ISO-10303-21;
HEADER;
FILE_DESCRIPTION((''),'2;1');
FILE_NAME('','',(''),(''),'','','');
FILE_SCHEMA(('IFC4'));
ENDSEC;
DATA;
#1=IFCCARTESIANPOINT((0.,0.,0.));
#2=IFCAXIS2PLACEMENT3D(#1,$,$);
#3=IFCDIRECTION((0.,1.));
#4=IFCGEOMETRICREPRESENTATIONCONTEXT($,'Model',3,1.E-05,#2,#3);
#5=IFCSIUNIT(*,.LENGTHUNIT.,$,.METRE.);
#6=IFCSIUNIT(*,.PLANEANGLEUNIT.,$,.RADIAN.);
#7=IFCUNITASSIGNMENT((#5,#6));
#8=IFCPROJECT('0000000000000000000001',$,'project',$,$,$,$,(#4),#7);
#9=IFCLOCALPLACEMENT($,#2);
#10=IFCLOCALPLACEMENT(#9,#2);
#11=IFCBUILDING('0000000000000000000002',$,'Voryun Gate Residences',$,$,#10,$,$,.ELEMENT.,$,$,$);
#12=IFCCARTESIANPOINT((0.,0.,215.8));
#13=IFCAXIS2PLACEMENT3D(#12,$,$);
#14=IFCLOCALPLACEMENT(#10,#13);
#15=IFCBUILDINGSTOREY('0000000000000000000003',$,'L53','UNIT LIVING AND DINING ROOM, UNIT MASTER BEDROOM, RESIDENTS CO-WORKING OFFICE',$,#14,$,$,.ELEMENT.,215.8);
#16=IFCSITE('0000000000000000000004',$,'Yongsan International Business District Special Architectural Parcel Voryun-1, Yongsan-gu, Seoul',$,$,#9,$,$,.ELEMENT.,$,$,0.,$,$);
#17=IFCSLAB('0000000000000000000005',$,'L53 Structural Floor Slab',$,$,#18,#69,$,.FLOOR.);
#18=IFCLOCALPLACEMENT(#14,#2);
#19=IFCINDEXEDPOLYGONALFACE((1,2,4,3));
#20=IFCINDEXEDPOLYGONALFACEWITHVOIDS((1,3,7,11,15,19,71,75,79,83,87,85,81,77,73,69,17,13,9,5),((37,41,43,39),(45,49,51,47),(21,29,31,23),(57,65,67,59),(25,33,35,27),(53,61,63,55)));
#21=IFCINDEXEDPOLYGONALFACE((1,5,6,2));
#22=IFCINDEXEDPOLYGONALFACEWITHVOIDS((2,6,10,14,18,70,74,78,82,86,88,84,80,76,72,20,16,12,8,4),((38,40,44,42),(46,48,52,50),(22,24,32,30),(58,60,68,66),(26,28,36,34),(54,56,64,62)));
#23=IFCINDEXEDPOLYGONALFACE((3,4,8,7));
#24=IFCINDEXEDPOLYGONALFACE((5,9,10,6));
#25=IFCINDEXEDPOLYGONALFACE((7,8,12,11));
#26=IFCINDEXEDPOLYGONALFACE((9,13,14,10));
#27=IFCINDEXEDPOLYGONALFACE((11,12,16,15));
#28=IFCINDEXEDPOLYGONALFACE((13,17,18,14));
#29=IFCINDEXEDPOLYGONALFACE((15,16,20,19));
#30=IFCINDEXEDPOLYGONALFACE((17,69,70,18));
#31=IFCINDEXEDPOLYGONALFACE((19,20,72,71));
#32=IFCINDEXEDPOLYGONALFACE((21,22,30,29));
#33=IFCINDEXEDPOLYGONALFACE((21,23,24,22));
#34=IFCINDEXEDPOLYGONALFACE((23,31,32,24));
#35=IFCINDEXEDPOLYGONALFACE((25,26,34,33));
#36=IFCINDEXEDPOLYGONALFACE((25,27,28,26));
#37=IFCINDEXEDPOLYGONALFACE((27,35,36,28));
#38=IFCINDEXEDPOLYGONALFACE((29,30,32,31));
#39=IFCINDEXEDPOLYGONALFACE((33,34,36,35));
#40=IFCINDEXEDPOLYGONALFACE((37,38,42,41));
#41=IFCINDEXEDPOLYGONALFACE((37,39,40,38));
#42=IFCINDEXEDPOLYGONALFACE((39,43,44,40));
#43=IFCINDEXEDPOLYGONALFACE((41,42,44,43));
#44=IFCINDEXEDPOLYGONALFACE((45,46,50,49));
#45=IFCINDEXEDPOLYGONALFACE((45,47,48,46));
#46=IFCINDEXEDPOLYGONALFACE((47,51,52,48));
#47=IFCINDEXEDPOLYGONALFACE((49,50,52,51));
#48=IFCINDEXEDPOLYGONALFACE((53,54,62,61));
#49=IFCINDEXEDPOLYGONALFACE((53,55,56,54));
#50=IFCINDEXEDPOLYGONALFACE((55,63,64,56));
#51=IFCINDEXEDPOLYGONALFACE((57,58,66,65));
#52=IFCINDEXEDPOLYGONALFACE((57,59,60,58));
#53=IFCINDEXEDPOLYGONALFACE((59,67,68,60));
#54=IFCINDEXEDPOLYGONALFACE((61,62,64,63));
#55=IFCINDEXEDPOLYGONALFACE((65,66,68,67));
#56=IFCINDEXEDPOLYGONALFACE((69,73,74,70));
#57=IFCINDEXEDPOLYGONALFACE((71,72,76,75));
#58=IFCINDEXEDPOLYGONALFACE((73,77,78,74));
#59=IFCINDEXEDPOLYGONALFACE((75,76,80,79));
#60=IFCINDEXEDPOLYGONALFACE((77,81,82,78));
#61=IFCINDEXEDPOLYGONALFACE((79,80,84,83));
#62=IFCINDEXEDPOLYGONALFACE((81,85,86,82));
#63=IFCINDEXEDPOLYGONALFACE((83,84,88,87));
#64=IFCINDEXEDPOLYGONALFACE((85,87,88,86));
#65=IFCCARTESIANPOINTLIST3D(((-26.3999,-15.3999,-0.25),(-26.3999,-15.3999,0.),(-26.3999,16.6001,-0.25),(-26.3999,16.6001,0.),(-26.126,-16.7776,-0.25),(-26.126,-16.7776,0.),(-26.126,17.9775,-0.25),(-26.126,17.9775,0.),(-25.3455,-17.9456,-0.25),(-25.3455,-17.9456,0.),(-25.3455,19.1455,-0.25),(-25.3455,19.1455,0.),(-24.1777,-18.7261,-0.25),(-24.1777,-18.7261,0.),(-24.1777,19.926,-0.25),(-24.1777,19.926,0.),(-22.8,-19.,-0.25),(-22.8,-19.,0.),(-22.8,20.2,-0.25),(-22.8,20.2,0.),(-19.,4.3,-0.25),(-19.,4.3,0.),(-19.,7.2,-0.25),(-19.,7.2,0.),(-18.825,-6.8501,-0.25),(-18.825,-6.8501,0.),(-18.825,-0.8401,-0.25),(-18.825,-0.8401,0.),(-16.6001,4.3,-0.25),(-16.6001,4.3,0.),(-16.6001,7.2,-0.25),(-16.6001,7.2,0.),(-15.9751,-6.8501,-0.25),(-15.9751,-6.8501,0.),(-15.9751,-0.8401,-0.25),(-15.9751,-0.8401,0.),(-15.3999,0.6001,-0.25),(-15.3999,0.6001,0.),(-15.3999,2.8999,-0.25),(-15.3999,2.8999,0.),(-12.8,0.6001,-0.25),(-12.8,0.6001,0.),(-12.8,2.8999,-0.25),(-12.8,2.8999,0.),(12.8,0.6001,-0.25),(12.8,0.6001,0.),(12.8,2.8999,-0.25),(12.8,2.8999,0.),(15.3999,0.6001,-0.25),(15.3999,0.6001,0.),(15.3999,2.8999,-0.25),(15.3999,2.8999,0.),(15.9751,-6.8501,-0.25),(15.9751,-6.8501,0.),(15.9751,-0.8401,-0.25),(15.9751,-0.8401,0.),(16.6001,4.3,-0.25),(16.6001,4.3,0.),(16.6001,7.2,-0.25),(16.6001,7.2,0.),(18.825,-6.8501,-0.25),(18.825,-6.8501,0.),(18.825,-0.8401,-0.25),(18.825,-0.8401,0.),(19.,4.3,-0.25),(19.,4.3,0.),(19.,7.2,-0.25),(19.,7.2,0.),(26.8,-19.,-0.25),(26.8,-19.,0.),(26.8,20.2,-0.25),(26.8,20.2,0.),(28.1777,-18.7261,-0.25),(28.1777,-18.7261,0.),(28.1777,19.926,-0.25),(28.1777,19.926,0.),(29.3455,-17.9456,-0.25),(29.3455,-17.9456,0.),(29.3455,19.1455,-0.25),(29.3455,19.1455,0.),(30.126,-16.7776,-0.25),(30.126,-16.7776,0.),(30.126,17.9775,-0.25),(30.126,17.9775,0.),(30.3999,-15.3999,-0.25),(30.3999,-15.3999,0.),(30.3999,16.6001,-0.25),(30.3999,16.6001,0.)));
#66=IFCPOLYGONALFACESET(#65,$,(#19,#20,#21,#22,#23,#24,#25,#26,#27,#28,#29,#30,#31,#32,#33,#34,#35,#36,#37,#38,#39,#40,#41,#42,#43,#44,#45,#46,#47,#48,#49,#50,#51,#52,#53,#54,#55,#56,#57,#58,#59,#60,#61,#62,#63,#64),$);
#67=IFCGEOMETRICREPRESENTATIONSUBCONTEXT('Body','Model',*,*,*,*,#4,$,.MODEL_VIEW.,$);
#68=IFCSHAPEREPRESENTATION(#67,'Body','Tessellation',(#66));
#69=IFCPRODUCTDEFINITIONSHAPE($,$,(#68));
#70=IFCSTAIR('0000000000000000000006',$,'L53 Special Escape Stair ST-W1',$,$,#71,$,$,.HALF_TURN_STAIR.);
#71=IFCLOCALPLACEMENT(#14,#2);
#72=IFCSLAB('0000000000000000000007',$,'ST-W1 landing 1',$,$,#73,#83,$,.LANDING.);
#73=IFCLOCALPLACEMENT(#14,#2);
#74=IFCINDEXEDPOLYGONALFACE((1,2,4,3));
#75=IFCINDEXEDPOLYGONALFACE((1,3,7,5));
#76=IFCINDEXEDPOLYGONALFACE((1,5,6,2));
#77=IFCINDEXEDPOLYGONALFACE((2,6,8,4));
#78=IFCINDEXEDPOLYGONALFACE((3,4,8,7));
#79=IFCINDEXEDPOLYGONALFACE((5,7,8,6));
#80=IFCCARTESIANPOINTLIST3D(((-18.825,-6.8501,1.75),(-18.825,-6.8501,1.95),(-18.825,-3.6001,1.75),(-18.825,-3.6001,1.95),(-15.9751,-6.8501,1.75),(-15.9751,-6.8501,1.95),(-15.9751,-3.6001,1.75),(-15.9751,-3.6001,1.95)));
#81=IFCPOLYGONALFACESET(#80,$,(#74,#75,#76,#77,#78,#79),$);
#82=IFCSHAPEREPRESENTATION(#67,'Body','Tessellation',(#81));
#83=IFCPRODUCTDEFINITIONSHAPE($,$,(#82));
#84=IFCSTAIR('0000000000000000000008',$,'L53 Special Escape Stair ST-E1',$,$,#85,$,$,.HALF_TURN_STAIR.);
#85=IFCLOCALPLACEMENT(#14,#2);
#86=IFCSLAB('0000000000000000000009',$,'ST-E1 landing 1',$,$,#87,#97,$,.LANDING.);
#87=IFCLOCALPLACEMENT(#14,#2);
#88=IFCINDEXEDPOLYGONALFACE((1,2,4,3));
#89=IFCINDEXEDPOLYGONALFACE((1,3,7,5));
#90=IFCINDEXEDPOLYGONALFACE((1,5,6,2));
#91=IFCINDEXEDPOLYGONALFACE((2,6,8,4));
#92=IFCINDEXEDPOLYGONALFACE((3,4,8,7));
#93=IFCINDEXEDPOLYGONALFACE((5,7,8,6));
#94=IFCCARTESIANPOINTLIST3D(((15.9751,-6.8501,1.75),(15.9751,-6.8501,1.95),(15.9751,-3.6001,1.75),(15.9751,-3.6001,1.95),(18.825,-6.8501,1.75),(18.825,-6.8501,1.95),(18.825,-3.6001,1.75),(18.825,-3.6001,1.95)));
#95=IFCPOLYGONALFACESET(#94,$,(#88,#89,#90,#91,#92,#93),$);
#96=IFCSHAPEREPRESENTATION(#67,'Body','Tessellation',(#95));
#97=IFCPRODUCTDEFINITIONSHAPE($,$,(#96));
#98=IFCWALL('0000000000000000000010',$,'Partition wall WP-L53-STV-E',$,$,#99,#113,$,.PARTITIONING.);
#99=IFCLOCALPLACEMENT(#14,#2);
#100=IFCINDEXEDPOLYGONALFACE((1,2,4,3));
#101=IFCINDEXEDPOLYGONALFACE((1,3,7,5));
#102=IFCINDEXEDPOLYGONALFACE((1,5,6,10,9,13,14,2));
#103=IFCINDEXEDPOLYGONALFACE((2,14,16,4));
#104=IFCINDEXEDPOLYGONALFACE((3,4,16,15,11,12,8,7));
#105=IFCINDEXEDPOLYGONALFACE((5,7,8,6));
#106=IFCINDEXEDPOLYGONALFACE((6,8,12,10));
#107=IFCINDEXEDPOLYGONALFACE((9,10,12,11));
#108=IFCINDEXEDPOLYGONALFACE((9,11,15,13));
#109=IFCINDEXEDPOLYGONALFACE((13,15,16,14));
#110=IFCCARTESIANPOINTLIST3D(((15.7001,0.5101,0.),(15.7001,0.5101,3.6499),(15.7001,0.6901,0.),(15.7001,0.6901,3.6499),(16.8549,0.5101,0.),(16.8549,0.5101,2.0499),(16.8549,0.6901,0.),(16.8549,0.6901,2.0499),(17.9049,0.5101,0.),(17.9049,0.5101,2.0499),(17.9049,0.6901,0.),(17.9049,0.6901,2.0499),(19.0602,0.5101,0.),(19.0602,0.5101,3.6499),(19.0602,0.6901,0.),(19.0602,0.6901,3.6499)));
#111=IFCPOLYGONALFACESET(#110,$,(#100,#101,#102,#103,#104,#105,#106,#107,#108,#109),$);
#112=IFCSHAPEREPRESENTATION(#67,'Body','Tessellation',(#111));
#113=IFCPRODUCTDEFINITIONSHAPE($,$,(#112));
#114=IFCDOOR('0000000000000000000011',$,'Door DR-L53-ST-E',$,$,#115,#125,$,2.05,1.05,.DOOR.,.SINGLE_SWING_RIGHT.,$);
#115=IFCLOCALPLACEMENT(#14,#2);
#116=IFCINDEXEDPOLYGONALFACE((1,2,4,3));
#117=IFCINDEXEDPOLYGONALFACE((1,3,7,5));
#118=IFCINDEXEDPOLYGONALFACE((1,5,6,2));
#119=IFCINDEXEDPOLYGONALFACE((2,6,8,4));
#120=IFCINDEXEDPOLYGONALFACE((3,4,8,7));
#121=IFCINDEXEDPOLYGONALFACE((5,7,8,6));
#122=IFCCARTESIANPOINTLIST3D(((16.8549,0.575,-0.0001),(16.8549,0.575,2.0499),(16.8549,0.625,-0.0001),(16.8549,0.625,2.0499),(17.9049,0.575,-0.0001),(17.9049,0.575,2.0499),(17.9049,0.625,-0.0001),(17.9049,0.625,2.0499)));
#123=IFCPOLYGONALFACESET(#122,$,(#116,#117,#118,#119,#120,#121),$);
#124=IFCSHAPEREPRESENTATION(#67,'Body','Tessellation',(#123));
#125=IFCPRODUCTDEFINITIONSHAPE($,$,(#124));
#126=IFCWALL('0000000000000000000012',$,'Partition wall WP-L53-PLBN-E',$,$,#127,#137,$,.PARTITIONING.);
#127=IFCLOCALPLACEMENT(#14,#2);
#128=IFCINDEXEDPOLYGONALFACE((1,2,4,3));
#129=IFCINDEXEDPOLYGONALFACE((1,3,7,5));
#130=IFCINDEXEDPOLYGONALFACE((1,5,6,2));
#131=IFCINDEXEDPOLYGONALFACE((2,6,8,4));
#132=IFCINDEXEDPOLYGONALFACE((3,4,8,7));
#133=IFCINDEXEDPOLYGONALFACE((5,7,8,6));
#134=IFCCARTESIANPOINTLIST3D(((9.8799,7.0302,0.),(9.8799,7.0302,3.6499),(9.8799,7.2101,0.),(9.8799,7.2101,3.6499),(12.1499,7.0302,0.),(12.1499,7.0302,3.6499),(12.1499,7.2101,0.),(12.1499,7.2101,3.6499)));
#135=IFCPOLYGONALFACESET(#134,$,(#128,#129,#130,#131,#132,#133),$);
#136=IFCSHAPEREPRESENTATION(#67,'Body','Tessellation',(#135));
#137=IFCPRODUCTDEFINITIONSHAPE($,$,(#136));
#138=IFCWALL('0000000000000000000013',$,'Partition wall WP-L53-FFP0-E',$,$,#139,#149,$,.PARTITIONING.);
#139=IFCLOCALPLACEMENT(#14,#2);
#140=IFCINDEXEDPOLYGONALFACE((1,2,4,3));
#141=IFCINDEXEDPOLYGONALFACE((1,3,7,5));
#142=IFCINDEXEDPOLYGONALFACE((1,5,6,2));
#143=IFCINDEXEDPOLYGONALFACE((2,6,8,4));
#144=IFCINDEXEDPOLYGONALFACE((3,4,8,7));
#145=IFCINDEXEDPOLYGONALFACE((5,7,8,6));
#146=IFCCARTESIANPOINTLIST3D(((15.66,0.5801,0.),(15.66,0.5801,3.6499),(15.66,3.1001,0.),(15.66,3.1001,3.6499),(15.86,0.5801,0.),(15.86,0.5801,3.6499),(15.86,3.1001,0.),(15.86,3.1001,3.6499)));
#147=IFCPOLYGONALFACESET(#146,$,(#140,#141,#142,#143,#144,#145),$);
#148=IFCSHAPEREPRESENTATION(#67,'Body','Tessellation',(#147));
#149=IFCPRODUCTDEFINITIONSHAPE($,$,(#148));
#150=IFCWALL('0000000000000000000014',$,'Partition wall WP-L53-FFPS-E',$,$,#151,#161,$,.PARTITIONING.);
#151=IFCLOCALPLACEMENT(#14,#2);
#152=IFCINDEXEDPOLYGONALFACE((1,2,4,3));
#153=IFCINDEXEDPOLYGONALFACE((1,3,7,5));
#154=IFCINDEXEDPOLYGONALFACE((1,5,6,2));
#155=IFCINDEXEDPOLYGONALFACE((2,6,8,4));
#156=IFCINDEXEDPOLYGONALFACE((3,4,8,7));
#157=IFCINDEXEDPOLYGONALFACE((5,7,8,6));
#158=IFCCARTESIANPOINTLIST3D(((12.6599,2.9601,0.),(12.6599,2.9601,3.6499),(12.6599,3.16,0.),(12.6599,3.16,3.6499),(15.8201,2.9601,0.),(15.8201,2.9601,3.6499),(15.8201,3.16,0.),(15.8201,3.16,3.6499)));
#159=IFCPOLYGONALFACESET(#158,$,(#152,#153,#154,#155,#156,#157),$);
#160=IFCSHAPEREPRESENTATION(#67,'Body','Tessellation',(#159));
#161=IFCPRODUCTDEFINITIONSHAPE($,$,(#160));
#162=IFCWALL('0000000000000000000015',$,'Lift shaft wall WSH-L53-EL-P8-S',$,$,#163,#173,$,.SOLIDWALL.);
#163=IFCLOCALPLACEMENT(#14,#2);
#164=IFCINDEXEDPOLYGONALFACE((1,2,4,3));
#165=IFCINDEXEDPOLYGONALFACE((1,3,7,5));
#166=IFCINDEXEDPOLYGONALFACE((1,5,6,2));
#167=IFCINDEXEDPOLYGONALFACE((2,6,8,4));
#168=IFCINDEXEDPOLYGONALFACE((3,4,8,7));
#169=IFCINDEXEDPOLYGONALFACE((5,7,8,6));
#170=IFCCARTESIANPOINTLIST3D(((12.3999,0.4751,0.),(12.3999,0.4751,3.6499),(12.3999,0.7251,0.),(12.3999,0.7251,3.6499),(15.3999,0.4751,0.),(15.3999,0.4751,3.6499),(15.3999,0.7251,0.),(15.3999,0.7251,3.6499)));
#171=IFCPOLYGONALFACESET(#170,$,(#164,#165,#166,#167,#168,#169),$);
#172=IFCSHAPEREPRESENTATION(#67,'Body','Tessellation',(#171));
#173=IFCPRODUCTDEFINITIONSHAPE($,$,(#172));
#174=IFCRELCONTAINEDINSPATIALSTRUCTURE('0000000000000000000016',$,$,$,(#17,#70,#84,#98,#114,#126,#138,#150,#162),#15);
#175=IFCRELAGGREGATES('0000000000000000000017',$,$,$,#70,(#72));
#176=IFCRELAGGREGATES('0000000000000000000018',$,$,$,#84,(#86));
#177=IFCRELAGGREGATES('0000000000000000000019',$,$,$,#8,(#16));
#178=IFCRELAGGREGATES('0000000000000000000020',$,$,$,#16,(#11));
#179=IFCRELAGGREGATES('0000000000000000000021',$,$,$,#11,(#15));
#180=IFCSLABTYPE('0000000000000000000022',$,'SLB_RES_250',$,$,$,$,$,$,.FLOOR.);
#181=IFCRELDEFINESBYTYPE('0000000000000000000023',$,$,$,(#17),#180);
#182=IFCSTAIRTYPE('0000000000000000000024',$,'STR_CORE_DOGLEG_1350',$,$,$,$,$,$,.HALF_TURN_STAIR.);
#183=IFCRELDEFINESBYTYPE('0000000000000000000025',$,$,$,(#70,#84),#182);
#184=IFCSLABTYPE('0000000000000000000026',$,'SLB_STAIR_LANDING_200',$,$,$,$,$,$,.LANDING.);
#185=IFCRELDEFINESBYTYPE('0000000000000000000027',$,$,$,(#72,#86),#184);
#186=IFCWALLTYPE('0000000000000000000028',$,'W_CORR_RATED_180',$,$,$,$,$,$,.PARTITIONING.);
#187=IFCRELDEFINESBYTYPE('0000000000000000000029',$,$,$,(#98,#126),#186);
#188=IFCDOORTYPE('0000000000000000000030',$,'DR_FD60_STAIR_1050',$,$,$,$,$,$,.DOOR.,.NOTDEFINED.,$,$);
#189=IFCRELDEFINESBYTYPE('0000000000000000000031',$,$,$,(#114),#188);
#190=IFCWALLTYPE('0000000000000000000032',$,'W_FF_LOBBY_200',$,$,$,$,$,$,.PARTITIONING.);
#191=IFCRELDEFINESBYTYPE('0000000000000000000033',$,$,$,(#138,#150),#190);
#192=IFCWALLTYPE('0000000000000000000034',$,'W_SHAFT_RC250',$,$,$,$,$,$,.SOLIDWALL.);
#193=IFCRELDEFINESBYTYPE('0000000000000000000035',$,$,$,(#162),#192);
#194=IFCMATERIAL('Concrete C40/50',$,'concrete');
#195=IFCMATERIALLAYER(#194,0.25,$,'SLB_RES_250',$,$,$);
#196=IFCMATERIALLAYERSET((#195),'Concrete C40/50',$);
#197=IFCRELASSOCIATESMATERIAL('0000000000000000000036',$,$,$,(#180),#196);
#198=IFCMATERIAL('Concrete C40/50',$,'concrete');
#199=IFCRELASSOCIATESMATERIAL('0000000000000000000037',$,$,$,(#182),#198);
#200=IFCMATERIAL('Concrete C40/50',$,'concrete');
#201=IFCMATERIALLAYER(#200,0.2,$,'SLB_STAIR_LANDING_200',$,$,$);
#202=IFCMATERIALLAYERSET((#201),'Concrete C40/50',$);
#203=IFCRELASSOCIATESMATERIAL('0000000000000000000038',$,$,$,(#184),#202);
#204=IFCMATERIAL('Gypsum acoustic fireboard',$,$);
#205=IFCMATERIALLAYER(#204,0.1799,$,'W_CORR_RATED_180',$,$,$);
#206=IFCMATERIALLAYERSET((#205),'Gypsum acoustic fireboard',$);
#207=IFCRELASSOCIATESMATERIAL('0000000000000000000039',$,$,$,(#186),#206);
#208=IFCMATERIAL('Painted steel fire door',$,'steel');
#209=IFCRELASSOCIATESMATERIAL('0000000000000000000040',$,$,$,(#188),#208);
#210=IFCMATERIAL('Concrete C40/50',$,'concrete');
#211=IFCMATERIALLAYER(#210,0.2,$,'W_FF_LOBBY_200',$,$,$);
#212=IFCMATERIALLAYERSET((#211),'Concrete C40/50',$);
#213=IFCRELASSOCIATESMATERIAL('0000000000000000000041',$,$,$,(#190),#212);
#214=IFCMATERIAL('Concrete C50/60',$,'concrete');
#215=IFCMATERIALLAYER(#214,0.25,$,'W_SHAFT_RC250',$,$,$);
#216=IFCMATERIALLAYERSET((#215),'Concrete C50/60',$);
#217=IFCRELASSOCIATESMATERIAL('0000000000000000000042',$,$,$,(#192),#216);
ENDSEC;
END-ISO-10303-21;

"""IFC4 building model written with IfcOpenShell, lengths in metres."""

from ifc_helpers import new_model, si_unit, direction, frame, frame_2d, origin, place, context, subcontext, project, spatial, polyline, rectangle, outline, extrude, material, layer, layer_set, type_object, element, fill, aggregate, save


model = new_model("IFC4")

# Units and contexts
model_context = context("Model", 3, precision=1e-05, world=origin(), true_north=direction((0.0, 1.0)))
body_context = subcontext(model_context, "Body", "Model", "MODEL_VIEW")
ifc_project = project(units=[si_unit("LENGTHUNIT", "METRE"), si_unit("PLANEANGLEUNIT", "RADIAN")], contexts=[model_context])

# Site, building, storey
site_placement = place(None, origin())
site = spatial("IfcSite", under=ifc_project, at=site_placement, Name="Yongsan International Business District Special Architectural Parcel Voryun-1, Yongsan-gu, Seoul", CompositionType="ELEMENT", RefElevation=0.0)
building_placement = place(site_placement, origin())
building = spatial("IfcBuilding", under=site, at=building_placement, Name="Voryun Gate Residences", CompositionType="ELEMENT")
storey_placement = place(building_placement, frame((0.0, 0.0, 215.8)))
storey = spatial("IfcBuildingStorey", under=building, at=storey_placement, Name="L53", Description="UNIT LIVING AND DINING ROOM, UNIT MASTER BEDROOM, RESIDENTS CO-WORKING OFFICE", CompositionType="ELEMENT", Elevation=215.8)

# Slab
ifc_material_1 = material(Name="Concrete C40/50", Category="concrete")
ifc_layer_1 = layer(ifc_material_1, 0.25, Name="SLB_RES_250")
ifc_layer_set_1 = layer_set([ifc_layer_1], Name="Concrete C40/50")
slab_type_1 = type_object("IfcSlabType", Name="SLB_RES_250", PredefinedType="FLOOR", material=ifc_layer_set_1)
slab_1_placement = place(storey_placement, frame((0.0, 0.0, -0.25)))
element("IfcSlab", 1, at=slab_1_placement, inside=storey, type_object=slab_type_1, Name="L53 Structural Floor Slab", PredefinedType="FLOOR", context=body_context, shape_type="SweptSolid", body=[
    extrude(outline(polyline([(-22.8, -19.0), (-24.1777, -18.7261), (-25.3455, -17.9456), (-26.126, -16.7776), (-26.3999, -15.3999), (-26.3999, 16.6001), (-26.126, 17.9775), (-25.3455, 19.1455), (-24.1777, 19.926), (-22.8, 20.2), (26.8, 20.2), (28.1777, 19.926), (29.3455, 19.1455), (30.126, 17.9775), (30.3999, 16.6001), (30.3999, -15.3999), (30.126, -16.7776), (29.3455, -17.9456), (28.1777, -18.7261), (26.8, -19.0), (-22.8, -19.0)]), holes=[polyline([(-15.9751, -0.8401), (-18.825, -0.8401), (-18.825, -6.8501), (-15.9751, -6.8501), (-15.9751, -0.8401)]), polyline([(18.825, -6.8501), (18.825, -0.8401), (15.9751, -0.8401), (15.9751, -6.8501), (18.825, -6.8501)]), polyline([(-12.8, 2.8999), (-15.3999, 2.8999), (-15.3999, 0.6001), (-12.8, 0.6001), (-12.8, 2.8999)]), polyline([(12.8, 2.8999), (12.8, 0.6001), (15.3999, 0.6001), (15.3999, 2.8999), (12.8, 2.8999)]), polyline([(-16.6001, 7.2), (-19.0, 7.2), (-19.0, 4.3), (-16.6001, 4.3), (-16.6001, 7.2)]), polyline([(19.0, 7.2), (16.6001, 7.2), (16.6001, 4.3), (19.0, 4.3), (19.0, 7.2)])]), origin(), (0.0, 0.0, 1.0), 0.25),
])

# Stairs, slabs
ifc_material_2 = material(Name="Concrete C40/50", Category="concrete")
stair_type = type_object("IfcStairType", Name="STR_CORE_DOGLEG_1350", PredefinedType="HALF_TURN_STAIR", material=ifc_material_2)
stair_1_placement = place(storey_placement, origin())
stair_1 = element("IfcStair", 2, at=stair_1_placement, inside=storey, type_object=stair_type, Name="L53 Special Escape Stair ST-W1", PredefinedType="HALF_TURN_STAIR")
ifc_material_3 = material(Name="Concrete C40/50", Category="concrete")
ifc_layer_2 = layer(ifc_material_3, 0.2, Name="SLB_STAIR_LANDING_200")
ifc_layer_set_2 = layer_set([ifc_layer_2], Name="Concrete C40/50")
slab_type_2 = type_object("IfcSlabType", Name="SLB_STAIR_LANDING_200", PredefinedType="LANDING", material=ifc_layer_set_2)
slab_2_placement = place(storey_placement, frame((0.0, 0.0, 1.75)))
slab_2 = element("IfcSlab", 3, at=slab_2_placement, type_object=slab_type_2, Name="ST-W1 landing 1", PredefinedType="LANDING", context=body_context, shape_type="SweptSolid", body=[
    extrude(outline(polyline([(-18.825, -3.6001), (-18.825, -6.8501), (-15.9751, -6.8501), (-15.9751, -3.6001), (-18.825, -3.6001)])), origin(), (0.0, 0.0, 1.0), 0.2),
])
aggregate(stair_1, [slab_2])
stair_2_placement = place(storey_placement, origin())
stair_2 = element("IfcStair", 4, at=stair_2_placement, inside=storey, type_object=stair_type, Name="L53 Special Escape Stair ST-E1", PredefinedType="HALF_TURN_STAIR")
slab_3_placement = place(storey_placement, frame((0.0, 0.0, 1.75)))
slab_3 = element("IfcSlab", 5, at=slab_3_placement, type_object=slab_type_2, Name="ST-E1 landing 1", PredefinedType="LANDING", context=body_context, shape_type="SweptSolid", body=[
    extrude(outline(polyline([(15.9751, -3.6001), (15.9751, -6.8501), (18.825, -6.8501), (18.825, -3.6001), (15.9751, -3.6001)])), origin(), (0.0, 0.0, 1.0), 0.2),
])
aggregate(stair_2, [slab_3])

# Wall, opening, door
ifc_material_4 = material(Name="Gypsum acoustic fireboard")
ifc_layer_3 = layer(ifc_material_4, 0.1799, Name="W_CORR_RATED_180")
ifc_layer_set_3 = layer_set([ifc_layer_3], Name="Gypsum acoustic fireboard")
wall_type_1 = type_object("IfcWallType", Name="W_CORR_RATED_180", PredefinedType="PARTITIONING", material=ifc_layer_set_3)
wall_1_placement = place(storey_placement, frame((15.7, 0.6001, 0.0), z_axis=(0.0, 0.0, 1.0), x_axis=(1.0, 0.0, 0.0)))
wall_1 = element("IfcWall", 6, at=wall_1_placement, inside=storey, type_object=wall_type_1, Name="Partition wall WP-L53-STV-E", PredefinedType="PARTITIONING", context=body_context, shape_type="SweptSolid", body=[
    extrude(rectangle(XDim=3.3601, YDim=0.1799, at=frame_2d((1.6802, 0.0))), origin(), (0.0, 0.0, 1.0), 3.6499),
])
opening_placement = place(wall_1_placement, frame((1.155, 0.0, 0.0)))
opening = element("IfcOpeningElement", 7, at=opening_placement, cuts=wall_1, PredefinedType="OPENING", context=body_context, shape_type="SweptSolid", body=[
    extrude(rectangle(XDim=1.05, YDim=2.05, at=frame_2d((0.5249, 1.0249))), frame((0.0, 0.0999, 0.0), z_axis=(0.0, -1.0, 0.0), x_axis=(1.0, 0.0, 0.0)), (0.0, 0.0, 1.0), 0.2),
])
ifc_material_5 = material(Name="Painted steel fire door", Category="steel")
door_type = type_object("IfcDoorType", Name="DR_FD60_STAIR_1050", OperationType="NOTDEFINED", PredefinedType="DOOR", material=ifc_material_5)
door_placement = place(opening_placement, origin())
door = element("IfcDoor", 8, at=door_placement, inside=storey, type_object=door_type, Name="Door DR-L53-ST-E", OperationType="SINGLE_SWING_RIGHT", OverallHeight=2.05, OverallWidth=1.05, PredefinedType="DOOR", context=body_context, shape_type="SweptSolid", body=[
    extrude(rectangle(XDim=1.05, YDim=2.05, at=frame_2d((0.5249, 1.0249))), frame((0.0, 0.0249, 0.0), z_axis=(0.0, -1.0, 0.0), x_axis=(1.0, 0.0, 0.0)), (0.0, 0.0, 1.0), 0.05),
])
fill(opening, door)

# Walls
wall_2_placement = place(storey_placement, frame((9.8799, 7.1201, 0.0), z_axis=(0.0, 0.0, 1.0), x_axis=(1.0, 0.0, 0.0)))
element("IfcWall", 9, at=wall_2_placement, inside=storey, type_object=wall_type_1, Name="Partition wall WP-L53-PLBN-E", PredefinedType="PARTITIONING", context=body_context, shape_type="SweptSolid", body=[
    extrude(rectangle(XDim=2.27, YDim=0.1799, at=frame_2d((1.135, 0.0))), origin(), (0.0, 0.0, 1.0), 3.6499),
])
ifc_material_6 = material(Name="Concrete C40/50", Category="concrete")
ifc_layer_4 = layer(ifc_material_6, 0.2, Name="W_FF_LOBBY_200")
ifc_layer_set_4 = layer_set([ifc_layer_4], Name="Concrete C40/50")
wall_type_2 = type_object("IfcWallType", Name="W_FF_LOBBY_200", PredefinedType="PARTITIONING", material=ifc_layer_set_4)
wall_3_placement = place(storey_placement, frame((15.76, 0.5801, 0.0), z_axis=(0.0, 0.0, 1.0), x_axis=(0.0, 1.0, 0.0)))
element("IfcWall", 10, at=wall_3_placement, inside=storey, type_object=wall_type_2, Name="Partition wall WP-L53-FFP0-E", PredefinedType="PARTITIONING", context=body_context, shape_type="SweptSolid", body=[
    extrude(rectangle(XDim=2.52, YDim=0.2, at=frame_2d((1.26, 0.0))), origin(), (0.0, 0.0, 1.0), 3.6499),
])
wall_4_placement = place(storey_placement, frame((12.6599, 3.0601, 0.0), z_axis=(0.0, 0.0, 1.0), x_axis=(1.0, 0.0, 0.0)))
element("IfcWall", 11, at=wall_4_placement, inside=storey, type_object=wall_type_2, Name="Partition wall WP-L53-FFPS-E", PredefinedType="PARTITIONING", context=body_context, shape_type="SweptSolid", body=[
    extrude(rectangle(XDim=3.1602, YDim=0.2, at=frame_2d((1.5801, 0.0))), origin(), (0.0, 0.0, 1.0), 3.6499),
])
ifc_material_7 = material(Name="Concrete C50/60", Category="concrete")
ifc_layer_5 = layer(ifc_material_7, 0.25, Name="W_SHAFT_RC250")
ifc_layer_set_5 = layer_set([ifc_layer_5], Name="Concrete C50/60")
wall_type_3 = type_object("IfcWallType", Name="W_SHAFT_RC250", PredefinedType="SOLIDWALL", material=ifc_layer_set_5)
wall_5_placement = place(storey_placement, frame((12.3999, 0.6001, 0.0), z_axis=(0.0, 0.0, 1.0), x_axis=(1.0, 0.0, 0.0)))
element("IfcWall", 12, at=wall_5_placement, inside=storey, type_object=wall_type_3, Name="Lift shaft wall WSH-L53-EL-P8-S", PredefinedType="SOLIDWALL", context=body_context, shape_type="SweptSolid", body=[
    extrude(rectangle(XDim=3.0, YDim=0.25, at=frame_2d((1.5, 0.0))), origin(), (0.0, 0.0, 1.0), 3.6499),
])

save(model, "model.ifc")
